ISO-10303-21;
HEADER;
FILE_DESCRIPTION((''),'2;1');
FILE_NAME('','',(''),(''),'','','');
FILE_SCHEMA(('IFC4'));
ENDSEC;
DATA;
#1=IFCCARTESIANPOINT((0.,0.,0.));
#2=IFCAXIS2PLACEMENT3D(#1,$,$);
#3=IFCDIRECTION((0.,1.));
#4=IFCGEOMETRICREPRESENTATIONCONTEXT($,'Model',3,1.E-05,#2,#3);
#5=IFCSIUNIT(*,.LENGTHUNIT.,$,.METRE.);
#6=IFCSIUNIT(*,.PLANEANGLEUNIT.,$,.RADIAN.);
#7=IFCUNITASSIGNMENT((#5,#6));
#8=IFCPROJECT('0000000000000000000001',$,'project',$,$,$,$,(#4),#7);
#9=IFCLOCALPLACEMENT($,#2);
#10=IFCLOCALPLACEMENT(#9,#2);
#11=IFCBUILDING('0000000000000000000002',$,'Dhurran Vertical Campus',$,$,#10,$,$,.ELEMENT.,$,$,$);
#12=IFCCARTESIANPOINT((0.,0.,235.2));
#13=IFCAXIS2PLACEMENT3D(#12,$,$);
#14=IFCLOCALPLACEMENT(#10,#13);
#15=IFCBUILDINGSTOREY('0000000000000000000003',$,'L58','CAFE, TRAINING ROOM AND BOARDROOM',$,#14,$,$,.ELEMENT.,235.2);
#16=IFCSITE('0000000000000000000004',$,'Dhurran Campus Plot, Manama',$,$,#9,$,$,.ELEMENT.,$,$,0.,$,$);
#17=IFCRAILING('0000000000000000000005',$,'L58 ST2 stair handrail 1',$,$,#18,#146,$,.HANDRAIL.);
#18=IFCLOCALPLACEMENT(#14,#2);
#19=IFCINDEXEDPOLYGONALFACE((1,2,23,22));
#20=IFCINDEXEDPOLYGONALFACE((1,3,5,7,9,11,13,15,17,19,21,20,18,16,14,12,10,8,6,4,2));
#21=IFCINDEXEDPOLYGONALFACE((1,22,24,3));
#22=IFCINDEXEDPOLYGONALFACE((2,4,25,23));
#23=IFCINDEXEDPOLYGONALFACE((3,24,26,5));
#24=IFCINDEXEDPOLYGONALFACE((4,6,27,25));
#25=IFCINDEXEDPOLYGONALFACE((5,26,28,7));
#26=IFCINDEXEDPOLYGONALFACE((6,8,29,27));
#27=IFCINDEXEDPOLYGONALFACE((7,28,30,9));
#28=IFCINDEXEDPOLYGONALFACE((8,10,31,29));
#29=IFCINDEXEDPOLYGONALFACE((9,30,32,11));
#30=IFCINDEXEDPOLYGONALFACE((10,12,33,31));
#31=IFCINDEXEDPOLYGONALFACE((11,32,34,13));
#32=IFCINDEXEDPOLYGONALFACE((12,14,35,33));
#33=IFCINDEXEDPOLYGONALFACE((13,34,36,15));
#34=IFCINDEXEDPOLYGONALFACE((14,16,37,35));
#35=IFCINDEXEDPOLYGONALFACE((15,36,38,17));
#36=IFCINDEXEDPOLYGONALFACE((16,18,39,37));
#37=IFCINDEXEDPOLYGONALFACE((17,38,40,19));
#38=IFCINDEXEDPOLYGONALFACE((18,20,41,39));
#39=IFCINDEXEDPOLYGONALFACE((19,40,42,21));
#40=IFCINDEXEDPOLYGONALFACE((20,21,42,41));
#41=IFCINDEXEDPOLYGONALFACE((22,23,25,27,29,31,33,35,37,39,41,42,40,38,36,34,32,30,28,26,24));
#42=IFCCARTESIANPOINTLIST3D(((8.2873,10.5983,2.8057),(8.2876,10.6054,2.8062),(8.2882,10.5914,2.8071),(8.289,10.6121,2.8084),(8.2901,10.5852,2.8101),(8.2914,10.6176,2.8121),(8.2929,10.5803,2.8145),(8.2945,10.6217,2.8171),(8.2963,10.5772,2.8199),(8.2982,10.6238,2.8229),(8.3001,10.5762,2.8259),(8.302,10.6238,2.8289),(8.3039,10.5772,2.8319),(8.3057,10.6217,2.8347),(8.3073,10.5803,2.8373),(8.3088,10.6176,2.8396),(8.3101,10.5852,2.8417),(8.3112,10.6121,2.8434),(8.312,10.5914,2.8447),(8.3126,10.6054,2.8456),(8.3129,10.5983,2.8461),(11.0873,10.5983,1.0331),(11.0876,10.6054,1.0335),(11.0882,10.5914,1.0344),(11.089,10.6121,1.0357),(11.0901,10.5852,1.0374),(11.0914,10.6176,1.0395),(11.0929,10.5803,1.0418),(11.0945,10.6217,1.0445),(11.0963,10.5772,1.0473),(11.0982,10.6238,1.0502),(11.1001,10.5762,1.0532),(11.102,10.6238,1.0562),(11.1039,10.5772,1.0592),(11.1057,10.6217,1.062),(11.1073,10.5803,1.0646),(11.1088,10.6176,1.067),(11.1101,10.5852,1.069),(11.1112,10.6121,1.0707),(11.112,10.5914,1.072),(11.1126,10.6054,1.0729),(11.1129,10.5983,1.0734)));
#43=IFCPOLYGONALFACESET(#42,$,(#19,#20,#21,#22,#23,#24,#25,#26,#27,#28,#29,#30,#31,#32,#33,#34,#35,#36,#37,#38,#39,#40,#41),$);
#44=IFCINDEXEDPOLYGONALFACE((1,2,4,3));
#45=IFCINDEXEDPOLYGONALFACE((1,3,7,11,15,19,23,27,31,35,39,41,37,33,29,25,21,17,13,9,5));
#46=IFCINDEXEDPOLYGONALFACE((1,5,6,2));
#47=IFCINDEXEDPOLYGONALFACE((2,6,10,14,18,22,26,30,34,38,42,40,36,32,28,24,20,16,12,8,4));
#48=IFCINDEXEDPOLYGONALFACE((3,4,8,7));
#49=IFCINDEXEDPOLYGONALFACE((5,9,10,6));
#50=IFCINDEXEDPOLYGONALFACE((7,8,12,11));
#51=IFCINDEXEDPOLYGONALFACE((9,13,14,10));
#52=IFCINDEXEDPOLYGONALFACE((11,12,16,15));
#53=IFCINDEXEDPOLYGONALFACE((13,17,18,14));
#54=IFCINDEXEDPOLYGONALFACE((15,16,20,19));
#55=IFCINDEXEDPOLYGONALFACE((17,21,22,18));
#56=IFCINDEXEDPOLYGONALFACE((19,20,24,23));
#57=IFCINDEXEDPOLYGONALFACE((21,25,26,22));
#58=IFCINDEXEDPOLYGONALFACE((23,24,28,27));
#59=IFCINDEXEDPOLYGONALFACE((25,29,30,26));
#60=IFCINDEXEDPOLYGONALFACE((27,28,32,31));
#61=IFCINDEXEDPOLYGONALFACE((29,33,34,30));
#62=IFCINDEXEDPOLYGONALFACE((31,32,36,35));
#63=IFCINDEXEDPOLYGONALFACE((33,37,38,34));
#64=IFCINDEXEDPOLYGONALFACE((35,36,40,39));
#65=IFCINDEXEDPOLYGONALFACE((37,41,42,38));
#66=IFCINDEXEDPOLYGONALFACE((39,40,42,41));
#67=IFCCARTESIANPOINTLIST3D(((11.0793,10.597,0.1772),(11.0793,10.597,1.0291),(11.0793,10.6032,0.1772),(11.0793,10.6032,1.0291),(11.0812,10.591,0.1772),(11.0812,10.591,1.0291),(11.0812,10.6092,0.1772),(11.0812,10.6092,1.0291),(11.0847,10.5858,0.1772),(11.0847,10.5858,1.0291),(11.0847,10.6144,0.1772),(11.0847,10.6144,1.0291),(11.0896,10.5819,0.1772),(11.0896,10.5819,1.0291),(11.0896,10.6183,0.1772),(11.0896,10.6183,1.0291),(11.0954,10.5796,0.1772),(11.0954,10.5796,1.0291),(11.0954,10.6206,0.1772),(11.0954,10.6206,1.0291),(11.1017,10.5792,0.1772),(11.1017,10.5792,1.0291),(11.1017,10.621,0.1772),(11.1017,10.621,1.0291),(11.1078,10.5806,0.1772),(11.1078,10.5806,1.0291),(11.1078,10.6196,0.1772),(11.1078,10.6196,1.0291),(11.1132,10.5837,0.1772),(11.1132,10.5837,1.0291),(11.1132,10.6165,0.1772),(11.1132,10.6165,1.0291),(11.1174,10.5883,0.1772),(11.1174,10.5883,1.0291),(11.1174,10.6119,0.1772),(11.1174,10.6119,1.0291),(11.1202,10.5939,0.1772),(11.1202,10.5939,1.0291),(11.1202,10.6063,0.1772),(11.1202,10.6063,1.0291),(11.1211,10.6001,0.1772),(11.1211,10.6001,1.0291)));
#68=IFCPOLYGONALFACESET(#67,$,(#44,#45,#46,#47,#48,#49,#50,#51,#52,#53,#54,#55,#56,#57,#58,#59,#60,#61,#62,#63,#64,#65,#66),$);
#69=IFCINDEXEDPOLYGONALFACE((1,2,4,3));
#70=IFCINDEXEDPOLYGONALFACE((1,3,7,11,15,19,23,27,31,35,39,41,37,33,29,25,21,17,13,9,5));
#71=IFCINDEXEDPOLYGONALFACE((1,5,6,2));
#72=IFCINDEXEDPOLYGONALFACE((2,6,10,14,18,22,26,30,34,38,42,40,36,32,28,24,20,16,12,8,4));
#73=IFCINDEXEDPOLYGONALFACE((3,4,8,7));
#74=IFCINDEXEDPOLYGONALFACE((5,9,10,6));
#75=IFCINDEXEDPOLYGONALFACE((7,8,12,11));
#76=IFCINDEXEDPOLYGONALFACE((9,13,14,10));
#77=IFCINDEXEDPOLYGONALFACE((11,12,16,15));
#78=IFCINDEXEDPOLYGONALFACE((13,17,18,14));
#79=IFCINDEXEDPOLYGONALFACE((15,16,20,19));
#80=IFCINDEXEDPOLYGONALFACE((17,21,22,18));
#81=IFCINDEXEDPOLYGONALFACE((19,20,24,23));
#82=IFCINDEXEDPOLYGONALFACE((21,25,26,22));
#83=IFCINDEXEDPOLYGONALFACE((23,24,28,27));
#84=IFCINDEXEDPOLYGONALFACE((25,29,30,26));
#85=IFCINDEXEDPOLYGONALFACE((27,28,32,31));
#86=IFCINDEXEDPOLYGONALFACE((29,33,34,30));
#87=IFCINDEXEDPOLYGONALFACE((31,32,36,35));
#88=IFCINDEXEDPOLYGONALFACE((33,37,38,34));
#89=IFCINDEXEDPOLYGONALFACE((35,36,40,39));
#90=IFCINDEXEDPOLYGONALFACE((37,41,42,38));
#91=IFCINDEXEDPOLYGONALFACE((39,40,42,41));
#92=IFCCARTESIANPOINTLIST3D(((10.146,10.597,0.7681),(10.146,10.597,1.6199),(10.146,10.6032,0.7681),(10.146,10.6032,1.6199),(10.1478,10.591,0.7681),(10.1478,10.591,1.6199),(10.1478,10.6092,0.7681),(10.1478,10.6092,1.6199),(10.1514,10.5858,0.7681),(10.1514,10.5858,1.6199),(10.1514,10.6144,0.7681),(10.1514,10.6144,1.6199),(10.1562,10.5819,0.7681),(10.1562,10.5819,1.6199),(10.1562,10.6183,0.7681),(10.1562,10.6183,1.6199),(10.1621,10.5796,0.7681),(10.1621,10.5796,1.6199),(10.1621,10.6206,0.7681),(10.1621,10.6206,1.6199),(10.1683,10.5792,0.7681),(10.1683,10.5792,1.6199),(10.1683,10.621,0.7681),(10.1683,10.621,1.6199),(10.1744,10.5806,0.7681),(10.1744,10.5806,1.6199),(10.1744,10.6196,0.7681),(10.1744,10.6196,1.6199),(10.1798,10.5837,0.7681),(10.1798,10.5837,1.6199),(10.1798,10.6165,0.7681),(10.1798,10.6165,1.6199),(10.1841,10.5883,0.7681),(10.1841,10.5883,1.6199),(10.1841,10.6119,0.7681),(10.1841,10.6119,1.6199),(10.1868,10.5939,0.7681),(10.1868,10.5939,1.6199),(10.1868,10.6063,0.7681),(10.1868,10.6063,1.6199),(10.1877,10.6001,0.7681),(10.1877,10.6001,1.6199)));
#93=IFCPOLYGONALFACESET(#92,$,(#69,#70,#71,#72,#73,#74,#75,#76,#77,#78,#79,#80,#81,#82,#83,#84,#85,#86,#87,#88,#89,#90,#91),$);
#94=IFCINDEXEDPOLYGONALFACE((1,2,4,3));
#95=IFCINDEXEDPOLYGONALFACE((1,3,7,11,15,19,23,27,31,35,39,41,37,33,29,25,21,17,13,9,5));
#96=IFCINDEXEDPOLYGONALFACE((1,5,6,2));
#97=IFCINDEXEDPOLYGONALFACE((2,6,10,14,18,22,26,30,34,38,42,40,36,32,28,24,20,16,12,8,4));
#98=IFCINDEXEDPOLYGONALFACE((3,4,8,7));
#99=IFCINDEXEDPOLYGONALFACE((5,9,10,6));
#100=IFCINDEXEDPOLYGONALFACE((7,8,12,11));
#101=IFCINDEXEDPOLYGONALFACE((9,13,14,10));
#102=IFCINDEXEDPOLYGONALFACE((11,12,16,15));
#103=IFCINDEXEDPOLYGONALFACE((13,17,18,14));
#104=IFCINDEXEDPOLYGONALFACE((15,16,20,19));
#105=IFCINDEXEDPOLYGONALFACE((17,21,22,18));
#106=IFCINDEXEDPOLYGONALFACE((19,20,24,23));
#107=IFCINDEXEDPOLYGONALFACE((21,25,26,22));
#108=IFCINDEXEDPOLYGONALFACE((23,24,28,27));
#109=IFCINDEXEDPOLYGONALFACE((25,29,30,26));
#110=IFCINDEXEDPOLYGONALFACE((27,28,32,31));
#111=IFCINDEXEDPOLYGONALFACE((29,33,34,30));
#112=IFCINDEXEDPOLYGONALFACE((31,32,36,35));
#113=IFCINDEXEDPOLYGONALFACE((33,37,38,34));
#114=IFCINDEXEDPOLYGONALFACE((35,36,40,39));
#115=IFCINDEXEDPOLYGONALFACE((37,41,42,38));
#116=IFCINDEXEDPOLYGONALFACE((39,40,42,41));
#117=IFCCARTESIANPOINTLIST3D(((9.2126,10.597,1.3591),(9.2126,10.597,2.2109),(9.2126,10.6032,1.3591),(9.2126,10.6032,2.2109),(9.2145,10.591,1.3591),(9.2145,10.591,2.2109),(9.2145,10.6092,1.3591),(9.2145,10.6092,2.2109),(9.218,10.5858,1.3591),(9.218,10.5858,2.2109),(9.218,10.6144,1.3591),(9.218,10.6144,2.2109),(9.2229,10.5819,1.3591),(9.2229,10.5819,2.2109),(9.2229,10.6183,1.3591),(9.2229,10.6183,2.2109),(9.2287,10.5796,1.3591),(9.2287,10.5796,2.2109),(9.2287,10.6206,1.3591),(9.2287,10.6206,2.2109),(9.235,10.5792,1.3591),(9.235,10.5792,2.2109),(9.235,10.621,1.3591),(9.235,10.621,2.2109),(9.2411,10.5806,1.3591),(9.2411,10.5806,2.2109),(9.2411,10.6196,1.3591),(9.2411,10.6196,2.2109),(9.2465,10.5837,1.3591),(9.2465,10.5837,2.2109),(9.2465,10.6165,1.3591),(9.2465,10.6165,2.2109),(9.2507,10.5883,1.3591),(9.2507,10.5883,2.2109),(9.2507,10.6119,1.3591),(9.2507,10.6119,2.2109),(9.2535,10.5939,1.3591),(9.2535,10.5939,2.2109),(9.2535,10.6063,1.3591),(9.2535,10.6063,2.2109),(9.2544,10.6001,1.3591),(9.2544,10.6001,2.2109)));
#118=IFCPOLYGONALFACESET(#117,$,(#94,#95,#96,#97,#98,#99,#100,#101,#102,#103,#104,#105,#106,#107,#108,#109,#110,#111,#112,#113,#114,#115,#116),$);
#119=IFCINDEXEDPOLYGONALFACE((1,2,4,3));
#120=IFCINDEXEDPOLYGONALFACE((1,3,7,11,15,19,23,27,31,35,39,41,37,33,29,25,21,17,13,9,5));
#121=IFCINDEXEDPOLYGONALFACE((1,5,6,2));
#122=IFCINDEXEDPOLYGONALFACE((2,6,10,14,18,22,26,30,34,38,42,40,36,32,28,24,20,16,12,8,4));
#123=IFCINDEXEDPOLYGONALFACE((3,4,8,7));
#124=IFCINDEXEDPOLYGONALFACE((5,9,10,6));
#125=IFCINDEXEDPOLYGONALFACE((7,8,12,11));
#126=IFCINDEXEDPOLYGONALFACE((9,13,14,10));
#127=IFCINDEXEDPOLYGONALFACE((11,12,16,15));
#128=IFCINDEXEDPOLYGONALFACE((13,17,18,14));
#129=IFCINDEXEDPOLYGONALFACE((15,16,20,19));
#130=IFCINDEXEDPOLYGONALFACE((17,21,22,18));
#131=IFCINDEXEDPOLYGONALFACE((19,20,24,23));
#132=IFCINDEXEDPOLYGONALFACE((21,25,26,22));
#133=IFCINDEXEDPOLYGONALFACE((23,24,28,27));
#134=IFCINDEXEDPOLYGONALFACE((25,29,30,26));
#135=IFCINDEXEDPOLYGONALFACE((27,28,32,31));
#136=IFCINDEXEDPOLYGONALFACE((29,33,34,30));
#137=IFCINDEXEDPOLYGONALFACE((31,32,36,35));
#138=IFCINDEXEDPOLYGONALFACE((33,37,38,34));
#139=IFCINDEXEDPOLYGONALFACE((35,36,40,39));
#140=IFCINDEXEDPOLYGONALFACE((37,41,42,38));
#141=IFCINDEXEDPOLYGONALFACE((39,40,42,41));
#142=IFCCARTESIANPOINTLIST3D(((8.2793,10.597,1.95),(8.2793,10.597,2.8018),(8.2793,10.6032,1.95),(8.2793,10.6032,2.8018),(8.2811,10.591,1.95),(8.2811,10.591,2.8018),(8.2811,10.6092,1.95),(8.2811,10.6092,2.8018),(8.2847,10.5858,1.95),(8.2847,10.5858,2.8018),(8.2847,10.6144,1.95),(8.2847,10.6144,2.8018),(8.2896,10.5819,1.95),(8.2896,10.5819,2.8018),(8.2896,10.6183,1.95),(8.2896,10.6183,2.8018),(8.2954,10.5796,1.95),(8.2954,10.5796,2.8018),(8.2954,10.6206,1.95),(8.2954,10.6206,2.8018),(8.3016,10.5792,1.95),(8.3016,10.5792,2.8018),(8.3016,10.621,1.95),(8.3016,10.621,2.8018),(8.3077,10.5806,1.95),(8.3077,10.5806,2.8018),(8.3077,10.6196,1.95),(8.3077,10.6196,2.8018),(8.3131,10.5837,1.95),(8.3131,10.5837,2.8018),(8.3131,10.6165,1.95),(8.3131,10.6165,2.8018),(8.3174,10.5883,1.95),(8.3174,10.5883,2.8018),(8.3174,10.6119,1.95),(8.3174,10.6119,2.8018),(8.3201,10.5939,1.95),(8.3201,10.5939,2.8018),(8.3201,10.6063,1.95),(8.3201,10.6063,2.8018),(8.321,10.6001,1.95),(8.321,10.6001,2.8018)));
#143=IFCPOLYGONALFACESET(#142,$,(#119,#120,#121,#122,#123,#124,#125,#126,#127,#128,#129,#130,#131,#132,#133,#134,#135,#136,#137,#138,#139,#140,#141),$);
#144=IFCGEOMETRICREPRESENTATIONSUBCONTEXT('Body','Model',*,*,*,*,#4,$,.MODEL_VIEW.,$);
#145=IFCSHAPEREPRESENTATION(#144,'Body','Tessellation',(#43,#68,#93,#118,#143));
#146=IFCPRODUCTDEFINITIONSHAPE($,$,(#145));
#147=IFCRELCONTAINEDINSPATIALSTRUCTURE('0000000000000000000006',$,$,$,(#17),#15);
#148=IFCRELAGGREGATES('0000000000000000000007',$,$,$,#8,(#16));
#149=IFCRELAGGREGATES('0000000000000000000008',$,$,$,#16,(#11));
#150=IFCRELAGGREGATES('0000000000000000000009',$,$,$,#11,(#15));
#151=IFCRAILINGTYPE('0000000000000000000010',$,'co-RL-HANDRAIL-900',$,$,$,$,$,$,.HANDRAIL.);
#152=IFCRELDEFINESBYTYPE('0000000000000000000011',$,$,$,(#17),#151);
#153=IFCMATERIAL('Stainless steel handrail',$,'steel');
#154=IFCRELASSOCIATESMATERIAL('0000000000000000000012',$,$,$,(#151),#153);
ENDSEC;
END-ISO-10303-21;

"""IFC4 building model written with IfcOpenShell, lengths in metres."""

from ifc_helpers import new_model, si_unit, direction, frame, origin, origin_2d, place, context, subcontext, project, spatial, circle, extrude, material, type_object, element, save


model = new_model("IFC4")

# Units and contexts
model_context = context("Model", 3, precision=1e-05, world=origin(), true_north=direction((0.0, 1.0)))
body_context = subcontext(model_context, "Body", "Model", "MODEL_VIEW")
ifc_project = project(units=[si_unit("LENGTHUNIT", "METRE"), si_unit("PLANEANGLEUNIT", "RADIAN")], contexts=[model_context])

# Site, building, storey
site_placement = place(None, origin())
site = spatial("IfcSite", under=ifc_project, at=site_placement, Name="Dhurran Campus Plot, Manama", CompositionType="ELEMENT", RefElevation=0.0)
building_placement = place(site_placement, origin())
building = spatial("IfcBuilding", under=site, at=building_placement, Name="Dhurran Vertical Campus", CompositionType="ELEMENT")
storey_placement = place(building_placement, frame((0.0, 0.0, 235.2)))
storey = spatial("IfcBuildingStorey", under=building, at=storey_placement, Name="L58", Description="CAFE, TRAINING ROOM AND BOARDROOM", CompositionType="ELEMENT", Elevation=235.2)

# Railing
ifc_material_1 = material(Name="Stainless steel handrail", Category="steel")
railing_type_1 = type_object("IfcRailingType", Name="co-RL-HANDRAIL-900", PredefinedType="HANDRAIL", material=ifc_material_1)
railing_1_placement = place(storey_placement, frame((11.1001, 10.6001, 0.1772)))
element("IfcRailing", 1, at=railing_1_placement, inside=storey, type_object=railing_type_1, Name="L58 ST2 stair handrail 1", PredefinedType="HANDRAIL", context=body_context, shape_type="SweptSolid", body=[
    extrude(circle(Radius=0.0239, at=origin_2d()), frame((0.0, 0.0, 0.876), z_axis=(-0.844909, 0.0, 0.53491), x_axis=(0.0, -1.0, 0.0)), (0.0, 0.0, 1.0), 3.314),
    extrude(circle(Radius=0.021, at=origin_2d()), origin(), (0.0, 0.0, 1.0), 0.8518),
    extrude(circle(Radius=0.021, at=origin_2d()), frame((-0.9333, 0.0, 0.5908)), (0.0, 0.0, 1.0), 0.8518),
    extrude(circle(Radius=0.021, at=origin_2d()), frame((-1.8667, 0.0, 1.1819)), (0.0, 0.0, 1.0), 0.8518),
    extrude(circle(Radius=0.021, at=origin_2d()), frame((-2.8, 0.0, 1.7727)), (0.0, 0.0, 1.0), 0.8518),
])

save(model, "model.ifc")
